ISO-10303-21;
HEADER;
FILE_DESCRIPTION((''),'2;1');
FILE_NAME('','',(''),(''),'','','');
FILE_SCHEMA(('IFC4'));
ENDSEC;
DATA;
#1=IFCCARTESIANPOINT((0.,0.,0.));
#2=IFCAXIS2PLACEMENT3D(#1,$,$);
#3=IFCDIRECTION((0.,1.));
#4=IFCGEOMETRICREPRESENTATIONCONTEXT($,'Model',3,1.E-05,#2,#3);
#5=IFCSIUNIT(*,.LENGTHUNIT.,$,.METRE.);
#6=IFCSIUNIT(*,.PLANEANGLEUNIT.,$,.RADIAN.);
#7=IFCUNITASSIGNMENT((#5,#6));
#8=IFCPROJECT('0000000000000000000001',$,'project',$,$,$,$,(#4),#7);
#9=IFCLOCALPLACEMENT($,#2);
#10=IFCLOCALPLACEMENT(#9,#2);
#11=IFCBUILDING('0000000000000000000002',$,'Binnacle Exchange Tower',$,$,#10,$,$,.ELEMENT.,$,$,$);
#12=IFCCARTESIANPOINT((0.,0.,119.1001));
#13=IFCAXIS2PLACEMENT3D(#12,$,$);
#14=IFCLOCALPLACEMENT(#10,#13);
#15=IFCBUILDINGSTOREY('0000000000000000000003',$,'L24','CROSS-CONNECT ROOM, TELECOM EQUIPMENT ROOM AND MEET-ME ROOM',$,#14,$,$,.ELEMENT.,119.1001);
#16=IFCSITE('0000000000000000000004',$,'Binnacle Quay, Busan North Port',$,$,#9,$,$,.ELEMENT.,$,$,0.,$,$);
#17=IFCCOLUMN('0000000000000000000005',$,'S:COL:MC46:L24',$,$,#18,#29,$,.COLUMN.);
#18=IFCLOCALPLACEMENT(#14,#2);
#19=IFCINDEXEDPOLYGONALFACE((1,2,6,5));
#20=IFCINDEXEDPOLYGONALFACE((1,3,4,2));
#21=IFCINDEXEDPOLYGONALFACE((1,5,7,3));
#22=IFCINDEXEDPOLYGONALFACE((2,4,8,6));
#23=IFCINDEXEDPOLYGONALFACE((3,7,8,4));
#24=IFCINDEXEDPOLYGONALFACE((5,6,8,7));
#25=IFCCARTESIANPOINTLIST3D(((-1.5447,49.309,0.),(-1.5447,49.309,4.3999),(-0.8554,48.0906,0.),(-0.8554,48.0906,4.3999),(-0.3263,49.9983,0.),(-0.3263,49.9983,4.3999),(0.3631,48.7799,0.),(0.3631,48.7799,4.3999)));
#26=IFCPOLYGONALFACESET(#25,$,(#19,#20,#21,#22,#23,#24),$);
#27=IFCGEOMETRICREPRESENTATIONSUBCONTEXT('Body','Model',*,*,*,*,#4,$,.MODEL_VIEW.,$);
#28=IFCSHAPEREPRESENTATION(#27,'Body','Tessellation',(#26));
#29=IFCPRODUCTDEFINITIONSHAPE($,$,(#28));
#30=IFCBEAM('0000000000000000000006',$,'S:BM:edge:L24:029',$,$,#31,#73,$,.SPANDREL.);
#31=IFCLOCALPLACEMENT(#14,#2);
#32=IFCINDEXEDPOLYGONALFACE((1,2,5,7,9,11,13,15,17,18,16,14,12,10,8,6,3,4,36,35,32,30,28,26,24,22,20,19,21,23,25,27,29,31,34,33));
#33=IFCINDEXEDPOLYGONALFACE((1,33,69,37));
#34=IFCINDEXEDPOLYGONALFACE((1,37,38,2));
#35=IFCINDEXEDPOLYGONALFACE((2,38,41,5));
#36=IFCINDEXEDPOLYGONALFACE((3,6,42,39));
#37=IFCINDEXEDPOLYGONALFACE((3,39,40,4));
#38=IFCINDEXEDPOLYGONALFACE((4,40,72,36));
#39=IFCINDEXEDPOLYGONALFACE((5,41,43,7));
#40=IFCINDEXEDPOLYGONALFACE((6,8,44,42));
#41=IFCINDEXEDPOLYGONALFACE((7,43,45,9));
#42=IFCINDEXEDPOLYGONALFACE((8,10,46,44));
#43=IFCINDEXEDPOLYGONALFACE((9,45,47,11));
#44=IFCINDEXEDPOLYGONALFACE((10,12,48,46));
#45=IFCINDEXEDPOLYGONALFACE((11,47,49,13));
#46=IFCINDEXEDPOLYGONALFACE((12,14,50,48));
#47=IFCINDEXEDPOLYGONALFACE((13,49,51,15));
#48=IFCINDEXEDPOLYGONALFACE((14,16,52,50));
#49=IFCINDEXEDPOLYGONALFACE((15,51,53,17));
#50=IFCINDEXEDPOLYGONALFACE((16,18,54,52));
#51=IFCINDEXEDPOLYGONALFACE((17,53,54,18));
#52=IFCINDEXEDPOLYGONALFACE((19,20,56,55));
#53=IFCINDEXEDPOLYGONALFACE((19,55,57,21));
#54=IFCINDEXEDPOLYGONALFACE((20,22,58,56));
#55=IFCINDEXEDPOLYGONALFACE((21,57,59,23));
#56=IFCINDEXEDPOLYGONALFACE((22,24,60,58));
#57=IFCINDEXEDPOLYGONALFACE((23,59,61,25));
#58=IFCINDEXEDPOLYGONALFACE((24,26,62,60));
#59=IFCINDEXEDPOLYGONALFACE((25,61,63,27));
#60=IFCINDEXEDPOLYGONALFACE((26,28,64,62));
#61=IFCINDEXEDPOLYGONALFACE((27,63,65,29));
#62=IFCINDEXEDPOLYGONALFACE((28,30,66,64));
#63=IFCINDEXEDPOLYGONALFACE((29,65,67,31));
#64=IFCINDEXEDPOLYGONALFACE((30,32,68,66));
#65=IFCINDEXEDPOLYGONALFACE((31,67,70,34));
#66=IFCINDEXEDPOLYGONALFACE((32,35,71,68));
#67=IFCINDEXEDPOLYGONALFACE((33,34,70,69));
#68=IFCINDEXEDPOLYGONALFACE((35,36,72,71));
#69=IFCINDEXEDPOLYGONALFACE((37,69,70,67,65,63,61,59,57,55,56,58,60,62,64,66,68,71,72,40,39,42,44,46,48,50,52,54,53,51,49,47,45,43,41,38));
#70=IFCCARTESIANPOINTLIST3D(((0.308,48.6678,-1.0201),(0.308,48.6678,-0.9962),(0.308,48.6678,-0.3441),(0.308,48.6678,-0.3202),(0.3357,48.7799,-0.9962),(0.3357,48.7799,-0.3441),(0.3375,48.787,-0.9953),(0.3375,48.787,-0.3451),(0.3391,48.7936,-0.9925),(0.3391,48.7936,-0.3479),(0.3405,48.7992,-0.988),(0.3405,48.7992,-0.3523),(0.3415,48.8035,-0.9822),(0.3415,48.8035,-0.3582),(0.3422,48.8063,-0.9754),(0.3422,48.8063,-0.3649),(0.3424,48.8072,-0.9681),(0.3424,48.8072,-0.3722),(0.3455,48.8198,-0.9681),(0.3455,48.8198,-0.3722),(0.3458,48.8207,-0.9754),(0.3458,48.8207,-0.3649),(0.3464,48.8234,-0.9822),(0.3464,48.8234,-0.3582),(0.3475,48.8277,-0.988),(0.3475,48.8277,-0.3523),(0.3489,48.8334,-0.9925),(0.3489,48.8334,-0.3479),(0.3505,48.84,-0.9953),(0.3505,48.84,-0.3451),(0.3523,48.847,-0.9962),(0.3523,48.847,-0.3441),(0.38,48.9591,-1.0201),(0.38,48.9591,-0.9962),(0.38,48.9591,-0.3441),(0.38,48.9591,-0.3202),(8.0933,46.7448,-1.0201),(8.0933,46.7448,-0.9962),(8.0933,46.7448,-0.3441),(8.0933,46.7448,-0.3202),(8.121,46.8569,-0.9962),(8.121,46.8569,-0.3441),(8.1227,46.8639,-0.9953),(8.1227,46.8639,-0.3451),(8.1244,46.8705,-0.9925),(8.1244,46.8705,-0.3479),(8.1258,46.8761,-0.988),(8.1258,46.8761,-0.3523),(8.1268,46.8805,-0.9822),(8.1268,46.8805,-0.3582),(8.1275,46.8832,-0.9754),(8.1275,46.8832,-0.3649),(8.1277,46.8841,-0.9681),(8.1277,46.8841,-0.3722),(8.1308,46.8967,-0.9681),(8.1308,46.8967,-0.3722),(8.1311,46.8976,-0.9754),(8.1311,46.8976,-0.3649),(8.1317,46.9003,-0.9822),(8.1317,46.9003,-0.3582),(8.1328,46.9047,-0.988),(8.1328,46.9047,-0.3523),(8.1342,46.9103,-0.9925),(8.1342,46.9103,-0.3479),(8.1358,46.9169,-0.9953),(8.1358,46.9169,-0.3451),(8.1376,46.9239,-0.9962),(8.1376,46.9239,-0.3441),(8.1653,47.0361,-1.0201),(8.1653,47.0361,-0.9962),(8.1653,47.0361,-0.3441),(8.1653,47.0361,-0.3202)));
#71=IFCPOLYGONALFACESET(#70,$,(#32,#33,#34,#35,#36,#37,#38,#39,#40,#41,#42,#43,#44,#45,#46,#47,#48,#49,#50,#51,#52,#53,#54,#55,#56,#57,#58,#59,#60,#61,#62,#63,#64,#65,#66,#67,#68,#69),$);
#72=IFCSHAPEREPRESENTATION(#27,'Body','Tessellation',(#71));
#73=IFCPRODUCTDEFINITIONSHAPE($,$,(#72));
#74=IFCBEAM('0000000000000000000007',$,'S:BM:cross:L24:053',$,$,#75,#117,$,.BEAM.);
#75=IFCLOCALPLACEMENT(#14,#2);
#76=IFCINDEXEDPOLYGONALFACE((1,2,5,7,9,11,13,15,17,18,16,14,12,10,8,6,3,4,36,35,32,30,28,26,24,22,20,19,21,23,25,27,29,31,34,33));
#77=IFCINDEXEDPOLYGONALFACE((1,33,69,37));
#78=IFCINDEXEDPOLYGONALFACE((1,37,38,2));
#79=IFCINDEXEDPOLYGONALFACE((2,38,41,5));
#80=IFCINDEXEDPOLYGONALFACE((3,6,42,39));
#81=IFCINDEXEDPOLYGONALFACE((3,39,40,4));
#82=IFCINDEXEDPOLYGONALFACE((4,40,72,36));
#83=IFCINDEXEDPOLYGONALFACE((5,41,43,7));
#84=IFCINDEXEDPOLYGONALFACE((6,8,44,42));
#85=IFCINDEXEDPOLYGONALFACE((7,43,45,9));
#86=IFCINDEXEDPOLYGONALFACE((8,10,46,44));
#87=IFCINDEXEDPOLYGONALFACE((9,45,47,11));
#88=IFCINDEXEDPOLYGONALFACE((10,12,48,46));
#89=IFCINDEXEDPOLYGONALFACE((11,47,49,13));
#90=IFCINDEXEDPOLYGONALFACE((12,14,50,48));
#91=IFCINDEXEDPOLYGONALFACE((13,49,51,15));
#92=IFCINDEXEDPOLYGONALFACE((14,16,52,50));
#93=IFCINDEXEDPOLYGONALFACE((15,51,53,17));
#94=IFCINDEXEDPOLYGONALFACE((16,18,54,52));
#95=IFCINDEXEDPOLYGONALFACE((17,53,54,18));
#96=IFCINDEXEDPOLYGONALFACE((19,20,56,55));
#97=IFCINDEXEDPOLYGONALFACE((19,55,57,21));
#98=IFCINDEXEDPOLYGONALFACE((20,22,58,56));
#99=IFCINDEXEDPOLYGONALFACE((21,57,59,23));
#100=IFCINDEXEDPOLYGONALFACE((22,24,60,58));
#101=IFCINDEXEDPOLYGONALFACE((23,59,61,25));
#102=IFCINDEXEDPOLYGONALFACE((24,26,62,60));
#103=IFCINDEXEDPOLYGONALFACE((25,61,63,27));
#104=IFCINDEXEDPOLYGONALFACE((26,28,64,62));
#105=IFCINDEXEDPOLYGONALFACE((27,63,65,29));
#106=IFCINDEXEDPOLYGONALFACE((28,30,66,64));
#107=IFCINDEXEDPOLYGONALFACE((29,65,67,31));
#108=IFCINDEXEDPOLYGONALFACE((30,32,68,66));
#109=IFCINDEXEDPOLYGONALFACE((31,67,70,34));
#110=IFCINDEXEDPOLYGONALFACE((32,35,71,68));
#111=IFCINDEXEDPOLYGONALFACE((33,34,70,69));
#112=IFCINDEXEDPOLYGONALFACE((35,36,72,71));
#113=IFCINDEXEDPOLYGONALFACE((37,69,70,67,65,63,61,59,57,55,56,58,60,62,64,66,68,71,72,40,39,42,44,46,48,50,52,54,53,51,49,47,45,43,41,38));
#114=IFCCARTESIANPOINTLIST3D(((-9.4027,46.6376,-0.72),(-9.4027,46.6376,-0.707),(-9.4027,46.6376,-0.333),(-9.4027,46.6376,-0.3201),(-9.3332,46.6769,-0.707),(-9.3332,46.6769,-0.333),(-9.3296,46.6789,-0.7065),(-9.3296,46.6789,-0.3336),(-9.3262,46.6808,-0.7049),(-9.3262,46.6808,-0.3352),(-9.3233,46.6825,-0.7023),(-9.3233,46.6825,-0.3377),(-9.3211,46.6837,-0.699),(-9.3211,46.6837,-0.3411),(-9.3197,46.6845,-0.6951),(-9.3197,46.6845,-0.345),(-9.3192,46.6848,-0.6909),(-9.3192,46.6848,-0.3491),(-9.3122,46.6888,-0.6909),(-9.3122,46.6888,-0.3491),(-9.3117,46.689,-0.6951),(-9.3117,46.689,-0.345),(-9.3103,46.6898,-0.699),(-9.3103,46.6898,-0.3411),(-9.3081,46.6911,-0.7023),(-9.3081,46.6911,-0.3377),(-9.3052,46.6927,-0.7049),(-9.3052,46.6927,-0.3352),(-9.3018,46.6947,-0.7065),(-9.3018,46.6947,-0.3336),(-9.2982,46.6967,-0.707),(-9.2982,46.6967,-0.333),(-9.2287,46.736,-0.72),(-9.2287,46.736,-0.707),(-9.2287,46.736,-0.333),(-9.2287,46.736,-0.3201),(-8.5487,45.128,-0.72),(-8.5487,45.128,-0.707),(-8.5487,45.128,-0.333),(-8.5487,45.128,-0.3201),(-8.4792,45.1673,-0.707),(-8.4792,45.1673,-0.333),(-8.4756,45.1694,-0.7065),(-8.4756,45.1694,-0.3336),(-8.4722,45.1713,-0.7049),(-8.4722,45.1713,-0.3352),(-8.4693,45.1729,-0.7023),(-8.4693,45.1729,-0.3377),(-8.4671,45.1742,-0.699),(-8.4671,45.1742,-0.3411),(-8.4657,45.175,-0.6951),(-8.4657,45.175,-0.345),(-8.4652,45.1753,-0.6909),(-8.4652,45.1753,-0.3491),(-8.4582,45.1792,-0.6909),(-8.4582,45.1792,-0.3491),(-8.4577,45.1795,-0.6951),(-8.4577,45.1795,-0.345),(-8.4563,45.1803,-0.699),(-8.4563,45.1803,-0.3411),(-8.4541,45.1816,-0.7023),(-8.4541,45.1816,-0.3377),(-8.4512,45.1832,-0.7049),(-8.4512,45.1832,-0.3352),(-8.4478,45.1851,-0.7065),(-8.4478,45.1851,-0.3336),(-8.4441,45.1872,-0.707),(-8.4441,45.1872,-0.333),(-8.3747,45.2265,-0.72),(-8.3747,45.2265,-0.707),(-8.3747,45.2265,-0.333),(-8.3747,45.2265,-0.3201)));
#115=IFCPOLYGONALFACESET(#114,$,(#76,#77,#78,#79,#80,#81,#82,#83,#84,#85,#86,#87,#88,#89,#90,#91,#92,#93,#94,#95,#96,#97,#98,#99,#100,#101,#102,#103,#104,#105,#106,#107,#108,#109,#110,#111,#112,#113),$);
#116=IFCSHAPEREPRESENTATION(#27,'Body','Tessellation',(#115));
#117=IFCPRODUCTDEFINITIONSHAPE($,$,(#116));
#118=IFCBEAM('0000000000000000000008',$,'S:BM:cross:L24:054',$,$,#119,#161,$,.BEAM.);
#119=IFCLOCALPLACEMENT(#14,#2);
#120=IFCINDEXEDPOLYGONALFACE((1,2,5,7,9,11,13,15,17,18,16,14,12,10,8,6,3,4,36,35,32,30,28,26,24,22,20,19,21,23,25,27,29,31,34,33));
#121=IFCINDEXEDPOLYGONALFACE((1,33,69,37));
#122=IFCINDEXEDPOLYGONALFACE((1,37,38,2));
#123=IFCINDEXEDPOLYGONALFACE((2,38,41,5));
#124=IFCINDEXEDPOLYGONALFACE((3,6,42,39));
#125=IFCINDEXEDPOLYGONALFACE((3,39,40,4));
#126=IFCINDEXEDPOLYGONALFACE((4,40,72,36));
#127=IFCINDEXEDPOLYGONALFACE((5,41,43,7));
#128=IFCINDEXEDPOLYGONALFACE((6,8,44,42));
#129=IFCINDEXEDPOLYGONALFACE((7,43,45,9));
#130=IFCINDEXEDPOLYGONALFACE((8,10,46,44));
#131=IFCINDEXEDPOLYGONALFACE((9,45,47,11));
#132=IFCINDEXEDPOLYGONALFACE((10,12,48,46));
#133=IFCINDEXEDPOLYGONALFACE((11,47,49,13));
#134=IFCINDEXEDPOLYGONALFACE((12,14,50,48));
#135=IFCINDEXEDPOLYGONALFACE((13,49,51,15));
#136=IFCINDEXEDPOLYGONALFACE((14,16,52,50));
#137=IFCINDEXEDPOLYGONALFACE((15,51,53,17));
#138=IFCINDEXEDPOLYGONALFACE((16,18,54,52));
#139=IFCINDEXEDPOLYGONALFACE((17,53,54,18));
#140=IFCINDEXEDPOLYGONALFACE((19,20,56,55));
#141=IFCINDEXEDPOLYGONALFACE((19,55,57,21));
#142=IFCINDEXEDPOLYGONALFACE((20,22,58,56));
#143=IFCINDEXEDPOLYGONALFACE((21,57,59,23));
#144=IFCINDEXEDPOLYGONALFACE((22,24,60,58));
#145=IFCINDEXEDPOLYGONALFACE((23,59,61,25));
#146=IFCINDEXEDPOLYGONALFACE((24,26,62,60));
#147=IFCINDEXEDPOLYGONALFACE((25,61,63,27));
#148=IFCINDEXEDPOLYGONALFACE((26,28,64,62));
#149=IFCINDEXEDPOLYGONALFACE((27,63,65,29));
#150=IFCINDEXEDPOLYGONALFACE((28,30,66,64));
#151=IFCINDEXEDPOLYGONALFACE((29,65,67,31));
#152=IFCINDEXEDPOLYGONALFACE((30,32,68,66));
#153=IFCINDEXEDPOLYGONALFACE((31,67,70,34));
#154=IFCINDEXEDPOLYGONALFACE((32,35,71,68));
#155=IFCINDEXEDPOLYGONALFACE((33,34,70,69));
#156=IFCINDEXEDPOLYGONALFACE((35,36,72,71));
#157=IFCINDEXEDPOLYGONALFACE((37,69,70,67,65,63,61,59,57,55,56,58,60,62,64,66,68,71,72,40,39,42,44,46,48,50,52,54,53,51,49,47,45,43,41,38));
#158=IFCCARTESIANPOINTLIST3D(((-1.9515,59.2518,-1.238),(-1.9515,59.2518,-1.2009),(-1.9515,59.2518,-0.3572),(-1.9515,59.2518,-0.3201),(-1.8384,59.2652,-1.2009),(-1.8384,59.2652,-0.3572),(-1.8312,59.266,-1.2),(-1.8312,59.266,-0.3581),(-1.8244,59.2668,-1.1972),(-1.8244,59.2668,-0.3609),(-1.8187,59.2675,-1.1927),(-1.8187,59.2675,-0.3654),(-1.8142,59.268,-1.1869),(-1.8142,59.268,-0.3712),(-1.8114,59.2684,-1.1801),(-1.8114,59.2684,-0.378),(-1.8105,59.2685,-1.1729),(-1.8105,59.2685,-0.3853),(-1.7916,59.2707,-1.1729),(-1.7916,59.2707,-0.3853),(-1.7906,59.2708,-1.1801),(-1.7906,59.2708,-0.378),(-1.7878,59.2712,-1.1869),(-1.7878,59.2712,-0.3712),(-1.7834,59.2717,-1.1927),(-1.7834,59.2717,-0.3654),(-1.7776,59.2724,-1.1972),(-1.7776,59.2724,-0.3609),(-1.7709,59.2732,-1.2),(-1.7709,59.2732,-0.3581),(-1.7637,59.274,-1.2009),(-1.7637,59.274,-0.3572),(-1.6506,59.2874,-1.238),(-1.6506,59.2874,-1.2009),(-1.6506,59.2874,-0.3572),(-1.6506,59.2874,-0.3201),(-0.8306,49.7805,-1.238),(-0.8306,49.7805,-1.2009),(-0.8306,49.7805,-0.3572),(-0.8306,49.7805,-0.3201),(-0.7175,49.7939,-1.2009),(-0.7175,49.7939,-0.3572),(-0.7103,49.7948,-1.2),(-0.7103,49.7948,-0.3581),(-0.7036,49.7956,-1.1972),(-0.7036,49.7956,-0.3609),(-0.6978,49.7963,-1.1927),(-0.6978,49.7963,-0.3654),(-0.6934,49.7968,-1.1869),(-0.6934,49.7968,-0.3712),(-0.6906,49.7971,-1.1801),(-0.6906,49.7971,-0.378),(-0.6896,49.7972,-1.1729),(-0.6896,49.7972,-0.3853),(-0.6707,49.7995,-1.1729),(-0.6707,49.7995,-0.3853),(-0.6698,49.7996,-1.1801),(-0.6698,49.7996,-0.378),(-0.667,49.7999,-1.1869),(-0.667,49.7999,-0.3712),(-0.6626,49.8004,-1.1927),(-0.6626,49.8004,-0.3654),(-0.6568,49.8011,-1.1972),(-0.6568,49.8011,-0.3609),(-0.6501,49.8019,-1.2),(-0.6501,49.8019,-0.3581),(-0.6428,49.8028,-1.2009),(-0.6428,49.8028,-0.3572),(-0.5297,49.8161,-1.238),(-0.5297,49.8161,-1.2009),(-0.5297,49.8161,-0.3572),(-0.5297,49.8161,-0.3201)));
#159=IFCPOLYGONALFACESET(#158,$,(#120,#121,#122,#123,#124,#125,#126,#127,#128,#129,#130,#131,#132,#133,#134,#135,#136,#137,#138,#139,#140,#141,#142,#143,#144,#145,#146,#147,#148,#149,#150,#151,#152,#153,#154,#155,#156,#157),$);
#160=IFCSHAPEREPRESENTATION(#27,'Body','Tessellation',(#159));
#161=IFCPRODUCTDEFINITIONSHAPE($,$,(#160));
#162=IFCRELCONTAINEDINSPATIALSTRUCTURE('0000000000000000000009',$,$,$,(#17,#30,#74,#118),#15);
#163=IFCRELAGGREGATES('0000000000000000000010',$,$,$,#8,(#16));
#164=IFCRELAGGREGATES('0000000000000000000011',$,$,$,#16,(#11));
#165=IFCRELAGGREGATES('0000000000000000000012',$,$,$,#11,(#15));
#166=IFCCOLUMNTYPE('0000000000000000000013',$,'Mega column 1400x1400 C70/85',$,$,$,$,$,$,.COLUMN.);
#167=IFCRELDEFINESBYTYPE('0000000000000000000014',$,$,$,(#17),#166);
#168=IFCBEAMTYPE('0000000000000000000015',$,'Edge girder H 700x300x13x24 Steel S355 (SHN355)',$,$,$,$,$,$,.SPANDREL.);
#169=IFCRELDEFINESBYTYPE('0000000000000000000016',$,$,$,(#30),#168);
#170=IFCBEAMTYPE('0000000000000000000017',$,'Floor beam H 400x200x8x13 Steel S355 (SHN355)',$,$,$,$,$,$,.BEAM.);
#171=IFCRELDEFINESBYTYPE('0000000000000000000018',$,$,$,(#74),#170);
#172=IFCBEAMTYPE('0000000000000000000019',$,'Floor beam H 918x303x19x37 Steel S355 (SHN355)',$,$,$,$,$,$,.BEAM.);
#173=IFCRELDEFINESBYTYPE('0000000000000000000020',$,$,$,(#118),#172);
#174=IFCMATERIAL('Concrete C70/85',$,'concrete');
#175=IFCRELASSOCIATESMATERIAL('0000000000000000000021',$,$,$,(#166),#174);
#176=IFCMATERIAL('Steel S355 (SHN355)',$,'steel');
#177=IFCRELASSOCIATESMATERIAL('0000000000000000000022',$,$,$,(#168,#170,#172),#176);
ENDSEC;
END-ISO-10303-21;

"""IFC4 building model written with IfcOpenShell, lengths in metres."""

from ifc_helpers import new_model, si_unit, direction, frame, origin, origin_2d, place, context, subcontext, project, spatial, rectangle, i_section, extrude, material, material_profile, profile_set, type_object, element, save


model = new_model("IFC4")

# Units and contexts
model_context = context("Model", 3, precision=1e-05, world=origin(), true_north=direction((0.0, 1.0)))
body_context = subcontext(model_context, "Body", "Model", "MODEL_VIEW")
ifc_project = project(units=[si_unit("LENGTHUNIT", "METRE"), si_unit("PLANEANGLEUNIT", "RADIAN")], contexts=[model_context])

# Site, building, storey
site_placement = place(None, origin())
site = spatial("IfcSite", under=ifc_project, at=site_placement, Name="Binnacle Quay, Busan North Port", CompositionType="ELEMENT", RefElevation=0.0)
building_placement = place(site_placement, origin())
building = spatial("IfcBuilding", under=site, at=building_placement, Name="Binnacle Exchange Tower", CompositionType="ELEMENT")
storey_placement = place(building_placement, frame((0.0, 0.0, 119.1001)))
storey = spatial("IfcBuildingStorey", under=building, at=storey_placement, Name="L24", Description="CROSS-CONNECT ROOM, TELECOM EQUIPMENT ROOM AND MEET-ME ROOM", CompositionType="ELEMENT", Elevation=119.1001)

# Column
ifc_material_1 = material(Name="Concrete C70/85", Category="concrete")
ifc_material_profile_1 = material_profile(ifc_material_1, rectangle(XDim=1.3999, YDim=1.3999, at=origin_2d()), Name="Mega column 1400x1400 C70/85")
ifc_profile_set_1 = profile_set([ifc_material_profile_1], Name="Concrete C70/85")
column_type = type_object("IfcColumnType", Name="Mega column 1400x1400 C70/85", PredefinedType="COLUMN", material=ifc_profile_set_1)
column_placement = place(storey_placement, frame((-0.5908, 49.0444, 0.0), z_axis=(0.0, 0.0, 1.0), x_axis=(0.870356, 0.492424, 0.0)))
element("IfcColumn", 1, at=column_placement, inside=storey, type_object=column_type, Name="S:COL:MC46:L24", PredefinedType="COLUMN", context=body_context, shape_type="SweptSolid", body=[
    extrude(rectangle(XDim=1.3999, YDim=1.3999, at=origin_2d()), origin(), (0.0, 0.0, 1.0), 4.3999),
])

# Beams
ifc_material_2 = material(Name="Steel S355 (SHN355)", Category="steel")
ifc_material_profile_2 = material_profile(ifc_material_2, i_section(OverallWidth=0.3, OverallDepth=0.7, WebThickness=0.0129, FlangeThickness=0.0239, FilletRadius=0.0281, at=origin_2d()), Name="H 700x300x13x24")
ifc_profile_set_2 = profile_set([ifc_material_profile_2], Name="Steel S355 (SHN355)")
beam_type_1 = type_object("IfcBeamType", Name="Edge girder H 700x300x13x24 Steel S355 (SHN355)", PredefinedType="SPANDREL", material=ifc_profile_set_2)
beam_1_placement = place(storey_placement, frame((0.344, 48.8135, -0.6702), z_axis=(0.970821, -0.239805, 0.0), x_axis=(0.239805, 0.970821, 0.0)))
element("IfcBeam", 2, at=beam_1_placement, inside=storey, type_object=beam_type_1, Name="S:BM:edge:L24:029", PredefinedType="SPANDREL", context=body_context, shape_type="SweptSolid", body=[
    extrude(i_section(OverallWidth=0.3, OverallDepth=0.7, WebThickness=0.0129, FlangeThickness=0.0239, FilletRadius=0.0281, at=origin_2d()), origin(), (0.0, 0.0, 1.0), 8.0193),
])
ifc_material_profile_3 = material_profile(ifc_material_2, i_section(OverallWidth=0.2, OverallDepth=0.3999, WebThickness=0.0081, FlangeThickness=0.0129, FilletRadius=0.0161, at=origin_2d()), Name="H 400x200x8x13")
ifc_profile_set_3 = profile_set([ifc_material_profile_3], Name="Steel S355 (SHN355)")
beam_type_2 = type_object("IfcBeamType", Name="Floor beam H 400x200x8x13 Steel S355 (SHN355)", PredefinedType="BEAM", material=ifc_profile_set_3)
beam_2_placement = place(storey_placement, frame((-8.4617, 45.1772, -0.52), z_axis=(-0.492405, 0.870366, 0.0), x_axis=(-0.870366, -0.492405, 0.0)))
element("IfcBeam", 3, at=beam_2_placement, inside=storey, type_object=beam_type_2, Name="S:BM:cross:L24:053", PredefinedType="BEAM", context=body_context, shape_type="SweptSolid", body=[
    extrude(i_section(OverallWidth=0.2, OverallDepth=0.3999, WebThickness=0.0081, FlangeThickness=0.0129, FilletRadius=0.0161, at=origin_2d()), origin(), (0.0, 0.0, 1.0), 1.7344),
])
ifc_material_profile_4 = material_profile(ifc_material_2, i_section(OverallWidth=0.303, OverallDepth=0.918, WebThickness=0.019, FlangeThickness=0.0371, FilletRadius=0.0281, at=origin_2d()), Name="H 918x303x19x37")
ifc_profile_set_4 = profile_set([ifc_material_profile_4], Name="Steel S355 (SHN355)")
beam_type_3 = type_object("IfcBeamType", Name="Floor beam H 918x303x19x37 Steel S355 (SHN355)", PredefinedType="BEAM", material=ifc_profile_set_4)
beam_3_placement = place(storey_placement, frame((-0.6802, 49.7983, -0.7791), z_axis=(-0.117523, 0.99307, 0.0), x_axis=(-0.99307, -0.117523, 0.0)))
element("IfcBeam", 4, at=beam_3_placement, inside=storey, type_object=beam_type_3, Name="S:BM:cross:L24:054", PredefinedType="BEAM", context=body_context, shape_type="SweptSolid", body=[
    extrude(i_section(OverallWidth=0.303, OverallDepth=0.918, WebThickness=0.019, FlangeThickness=0.0371, FilletRadius=0.0281, at=origin_2d()), origin(), (0.0, 0.0, 1.0), 9.5374),
])

save(model, "model.ifc")
